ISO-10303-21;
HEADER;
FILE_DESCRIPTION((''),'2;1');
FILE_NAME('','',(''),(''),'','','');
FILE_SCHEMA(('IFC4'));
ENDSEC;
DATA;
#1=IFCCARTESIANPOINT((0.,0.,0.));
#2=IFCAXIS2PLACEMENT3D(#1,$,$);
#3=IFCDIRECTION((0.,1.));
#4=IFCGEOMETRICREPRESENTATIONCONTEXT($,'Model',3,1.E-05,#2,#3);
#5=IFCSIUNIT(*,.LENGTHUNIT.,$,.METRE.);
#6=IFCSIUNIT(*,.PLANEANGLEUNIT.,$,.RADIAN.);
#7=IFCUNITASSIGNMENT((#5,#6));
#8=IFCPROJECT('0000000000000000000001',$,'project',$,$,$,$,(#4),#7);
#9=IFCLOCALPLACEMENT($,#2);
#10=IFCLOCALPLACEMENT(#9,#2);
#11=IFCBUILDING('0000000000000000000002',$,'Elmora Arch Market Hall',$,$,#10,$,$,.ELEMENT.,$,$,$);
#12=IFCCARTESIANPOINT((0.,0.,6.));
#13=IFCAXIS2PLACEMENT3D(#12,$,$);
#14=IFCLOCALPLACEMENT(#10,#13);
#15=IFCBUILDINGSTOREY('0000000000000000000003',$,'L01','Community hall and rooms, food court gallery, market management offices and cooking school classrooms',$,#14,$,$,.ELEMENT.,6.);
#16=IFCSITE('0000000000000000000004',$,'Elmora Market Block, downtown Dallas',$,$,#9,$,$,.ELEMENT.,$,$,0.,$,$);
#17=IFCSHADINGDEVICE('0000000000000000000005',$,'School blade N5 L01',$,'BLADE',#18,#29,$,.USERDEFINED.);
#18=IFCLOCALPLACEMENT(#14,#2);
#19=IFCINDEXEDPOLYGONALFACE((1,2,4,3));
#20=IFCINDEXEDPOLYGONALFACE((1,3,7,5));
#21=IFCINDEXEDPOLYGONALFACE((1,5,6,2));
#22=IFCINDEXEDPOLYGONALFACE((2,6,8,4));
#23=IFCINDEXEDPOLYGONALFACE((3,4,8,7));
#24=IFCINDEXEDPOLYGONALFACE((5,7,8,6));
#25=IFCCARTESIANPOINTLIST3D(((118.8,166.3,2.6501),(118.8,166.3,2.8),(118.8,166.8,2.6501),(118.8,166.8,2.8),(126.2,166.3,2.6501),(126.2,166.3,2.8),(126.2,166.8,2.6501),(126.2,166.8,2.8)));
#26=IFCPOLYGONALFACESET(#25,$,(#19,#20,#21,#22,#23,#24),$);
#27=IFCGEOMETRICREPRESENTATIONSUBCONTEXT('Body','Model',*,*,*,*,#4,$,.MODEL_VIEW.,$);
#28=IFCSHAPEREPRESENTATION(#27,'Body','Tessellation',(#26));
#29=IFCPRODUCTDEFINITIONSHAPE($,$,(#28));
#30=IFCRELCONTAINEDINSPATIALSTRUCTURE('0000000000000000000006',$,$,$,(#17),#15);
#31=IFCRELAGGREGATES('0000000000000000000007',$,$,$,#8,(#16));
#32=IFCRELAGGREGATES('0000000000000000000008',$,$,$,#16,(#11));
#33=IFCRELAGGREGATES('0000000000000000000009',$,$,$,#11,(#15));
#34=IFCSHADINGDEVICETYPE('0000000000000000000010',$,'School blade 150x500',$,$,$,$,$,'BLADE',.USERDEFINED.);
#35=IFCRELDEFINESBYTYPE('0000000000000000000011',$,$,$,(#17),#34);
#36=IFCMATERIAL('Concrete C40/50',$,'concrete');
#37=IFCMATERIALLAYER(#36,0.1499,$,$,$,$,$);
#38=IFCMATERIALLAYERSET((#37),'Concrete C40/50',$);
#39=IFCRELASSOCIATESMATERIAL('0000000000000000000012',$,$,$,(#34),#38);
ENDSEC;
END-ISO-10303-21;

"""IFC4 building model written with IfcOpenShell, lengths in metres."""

from ifc_helpers import new_model, si_unit, direction, frame, origin, origin_2d, place, context, subcontext, project, spatial, rectangle, extrude, material, layer, layer_set, type_object, element, save


model = new_model("IFC4")

# Units and contexts
model_context = context("Model", 3, precision=1e-05, world=origin(), true_north=direction((0.0, 1.0)))
body_context = subcontext(model_context, "Body", "Model", "MODEL_VIEW")
ifc_project = project(units=[si_unit("LENGTHUNIT", "METRE"), si_unit("PLANEANGLEUNIT", "RADIAN")], contexts=[model_context])

# Site, building, storey
site_placement = place(None, origin())
site = spatial("IfcSite", under=ifc_project, at=site_placement, Name="Elmora Market Block, downtown Dallas", CompositionType="ELEMENT", RefElevation=0.0)
building_placement = place(site_placement, origin())
building = spatial("IfcBuilding", under=site, at=building_placement, Name="Elmora Arch Market Hall", CompositionType="ELEMENT")
storey_placement = place(building_placement, frame((0.0, 0.0, 6.0)))
storey = spatial("IfcBuildingStorey", under=building, at=storey_placement, Name="L01", Description="Community hall and rooms, food court gallery, market management offices and cooking school classrooms", CompositionType="ELEMENT", Elevation=6.0)

# Shading device
ifc_material_1 = material(Name="Concrete C40/50", Category="concrete")
ifc_layer_1 = layer(ifc_material_1, 0.1499)
ifc_layer_set_1 = layer_set([ifc_layer_1], Name="Concrete C40/50")
shading_device_type = type_object("IfcShadingDeviceType", Name="School blade 150x500", ElementType="BLADE", PredefinedType="USERDEFINED", material=ifc_layer_set_1)
shading_device_placement = place(storey_placement, frame((122.5, 166.55, 2.6501), z_axis=(0.0, 0.0, 1.0), x_axis=(1.0, 0.0, 0.0)))
element("IfcShadingDevice", 1, at=shading_device_placement, inside=storey, type_object=shading_device_type, Name="School blade N5 L01", ObjectType="BLADE", PredefinedType="USERDEFINED", context=body_context, shape_type="SweptSolid", body=[
    extrude(rectangle(XDim=7.3999, YDim=0.5, at=origin_2d()), origin(), (0.0, 0.0, 1.0), 0.1499),
])

save(model, "model.ifc")
